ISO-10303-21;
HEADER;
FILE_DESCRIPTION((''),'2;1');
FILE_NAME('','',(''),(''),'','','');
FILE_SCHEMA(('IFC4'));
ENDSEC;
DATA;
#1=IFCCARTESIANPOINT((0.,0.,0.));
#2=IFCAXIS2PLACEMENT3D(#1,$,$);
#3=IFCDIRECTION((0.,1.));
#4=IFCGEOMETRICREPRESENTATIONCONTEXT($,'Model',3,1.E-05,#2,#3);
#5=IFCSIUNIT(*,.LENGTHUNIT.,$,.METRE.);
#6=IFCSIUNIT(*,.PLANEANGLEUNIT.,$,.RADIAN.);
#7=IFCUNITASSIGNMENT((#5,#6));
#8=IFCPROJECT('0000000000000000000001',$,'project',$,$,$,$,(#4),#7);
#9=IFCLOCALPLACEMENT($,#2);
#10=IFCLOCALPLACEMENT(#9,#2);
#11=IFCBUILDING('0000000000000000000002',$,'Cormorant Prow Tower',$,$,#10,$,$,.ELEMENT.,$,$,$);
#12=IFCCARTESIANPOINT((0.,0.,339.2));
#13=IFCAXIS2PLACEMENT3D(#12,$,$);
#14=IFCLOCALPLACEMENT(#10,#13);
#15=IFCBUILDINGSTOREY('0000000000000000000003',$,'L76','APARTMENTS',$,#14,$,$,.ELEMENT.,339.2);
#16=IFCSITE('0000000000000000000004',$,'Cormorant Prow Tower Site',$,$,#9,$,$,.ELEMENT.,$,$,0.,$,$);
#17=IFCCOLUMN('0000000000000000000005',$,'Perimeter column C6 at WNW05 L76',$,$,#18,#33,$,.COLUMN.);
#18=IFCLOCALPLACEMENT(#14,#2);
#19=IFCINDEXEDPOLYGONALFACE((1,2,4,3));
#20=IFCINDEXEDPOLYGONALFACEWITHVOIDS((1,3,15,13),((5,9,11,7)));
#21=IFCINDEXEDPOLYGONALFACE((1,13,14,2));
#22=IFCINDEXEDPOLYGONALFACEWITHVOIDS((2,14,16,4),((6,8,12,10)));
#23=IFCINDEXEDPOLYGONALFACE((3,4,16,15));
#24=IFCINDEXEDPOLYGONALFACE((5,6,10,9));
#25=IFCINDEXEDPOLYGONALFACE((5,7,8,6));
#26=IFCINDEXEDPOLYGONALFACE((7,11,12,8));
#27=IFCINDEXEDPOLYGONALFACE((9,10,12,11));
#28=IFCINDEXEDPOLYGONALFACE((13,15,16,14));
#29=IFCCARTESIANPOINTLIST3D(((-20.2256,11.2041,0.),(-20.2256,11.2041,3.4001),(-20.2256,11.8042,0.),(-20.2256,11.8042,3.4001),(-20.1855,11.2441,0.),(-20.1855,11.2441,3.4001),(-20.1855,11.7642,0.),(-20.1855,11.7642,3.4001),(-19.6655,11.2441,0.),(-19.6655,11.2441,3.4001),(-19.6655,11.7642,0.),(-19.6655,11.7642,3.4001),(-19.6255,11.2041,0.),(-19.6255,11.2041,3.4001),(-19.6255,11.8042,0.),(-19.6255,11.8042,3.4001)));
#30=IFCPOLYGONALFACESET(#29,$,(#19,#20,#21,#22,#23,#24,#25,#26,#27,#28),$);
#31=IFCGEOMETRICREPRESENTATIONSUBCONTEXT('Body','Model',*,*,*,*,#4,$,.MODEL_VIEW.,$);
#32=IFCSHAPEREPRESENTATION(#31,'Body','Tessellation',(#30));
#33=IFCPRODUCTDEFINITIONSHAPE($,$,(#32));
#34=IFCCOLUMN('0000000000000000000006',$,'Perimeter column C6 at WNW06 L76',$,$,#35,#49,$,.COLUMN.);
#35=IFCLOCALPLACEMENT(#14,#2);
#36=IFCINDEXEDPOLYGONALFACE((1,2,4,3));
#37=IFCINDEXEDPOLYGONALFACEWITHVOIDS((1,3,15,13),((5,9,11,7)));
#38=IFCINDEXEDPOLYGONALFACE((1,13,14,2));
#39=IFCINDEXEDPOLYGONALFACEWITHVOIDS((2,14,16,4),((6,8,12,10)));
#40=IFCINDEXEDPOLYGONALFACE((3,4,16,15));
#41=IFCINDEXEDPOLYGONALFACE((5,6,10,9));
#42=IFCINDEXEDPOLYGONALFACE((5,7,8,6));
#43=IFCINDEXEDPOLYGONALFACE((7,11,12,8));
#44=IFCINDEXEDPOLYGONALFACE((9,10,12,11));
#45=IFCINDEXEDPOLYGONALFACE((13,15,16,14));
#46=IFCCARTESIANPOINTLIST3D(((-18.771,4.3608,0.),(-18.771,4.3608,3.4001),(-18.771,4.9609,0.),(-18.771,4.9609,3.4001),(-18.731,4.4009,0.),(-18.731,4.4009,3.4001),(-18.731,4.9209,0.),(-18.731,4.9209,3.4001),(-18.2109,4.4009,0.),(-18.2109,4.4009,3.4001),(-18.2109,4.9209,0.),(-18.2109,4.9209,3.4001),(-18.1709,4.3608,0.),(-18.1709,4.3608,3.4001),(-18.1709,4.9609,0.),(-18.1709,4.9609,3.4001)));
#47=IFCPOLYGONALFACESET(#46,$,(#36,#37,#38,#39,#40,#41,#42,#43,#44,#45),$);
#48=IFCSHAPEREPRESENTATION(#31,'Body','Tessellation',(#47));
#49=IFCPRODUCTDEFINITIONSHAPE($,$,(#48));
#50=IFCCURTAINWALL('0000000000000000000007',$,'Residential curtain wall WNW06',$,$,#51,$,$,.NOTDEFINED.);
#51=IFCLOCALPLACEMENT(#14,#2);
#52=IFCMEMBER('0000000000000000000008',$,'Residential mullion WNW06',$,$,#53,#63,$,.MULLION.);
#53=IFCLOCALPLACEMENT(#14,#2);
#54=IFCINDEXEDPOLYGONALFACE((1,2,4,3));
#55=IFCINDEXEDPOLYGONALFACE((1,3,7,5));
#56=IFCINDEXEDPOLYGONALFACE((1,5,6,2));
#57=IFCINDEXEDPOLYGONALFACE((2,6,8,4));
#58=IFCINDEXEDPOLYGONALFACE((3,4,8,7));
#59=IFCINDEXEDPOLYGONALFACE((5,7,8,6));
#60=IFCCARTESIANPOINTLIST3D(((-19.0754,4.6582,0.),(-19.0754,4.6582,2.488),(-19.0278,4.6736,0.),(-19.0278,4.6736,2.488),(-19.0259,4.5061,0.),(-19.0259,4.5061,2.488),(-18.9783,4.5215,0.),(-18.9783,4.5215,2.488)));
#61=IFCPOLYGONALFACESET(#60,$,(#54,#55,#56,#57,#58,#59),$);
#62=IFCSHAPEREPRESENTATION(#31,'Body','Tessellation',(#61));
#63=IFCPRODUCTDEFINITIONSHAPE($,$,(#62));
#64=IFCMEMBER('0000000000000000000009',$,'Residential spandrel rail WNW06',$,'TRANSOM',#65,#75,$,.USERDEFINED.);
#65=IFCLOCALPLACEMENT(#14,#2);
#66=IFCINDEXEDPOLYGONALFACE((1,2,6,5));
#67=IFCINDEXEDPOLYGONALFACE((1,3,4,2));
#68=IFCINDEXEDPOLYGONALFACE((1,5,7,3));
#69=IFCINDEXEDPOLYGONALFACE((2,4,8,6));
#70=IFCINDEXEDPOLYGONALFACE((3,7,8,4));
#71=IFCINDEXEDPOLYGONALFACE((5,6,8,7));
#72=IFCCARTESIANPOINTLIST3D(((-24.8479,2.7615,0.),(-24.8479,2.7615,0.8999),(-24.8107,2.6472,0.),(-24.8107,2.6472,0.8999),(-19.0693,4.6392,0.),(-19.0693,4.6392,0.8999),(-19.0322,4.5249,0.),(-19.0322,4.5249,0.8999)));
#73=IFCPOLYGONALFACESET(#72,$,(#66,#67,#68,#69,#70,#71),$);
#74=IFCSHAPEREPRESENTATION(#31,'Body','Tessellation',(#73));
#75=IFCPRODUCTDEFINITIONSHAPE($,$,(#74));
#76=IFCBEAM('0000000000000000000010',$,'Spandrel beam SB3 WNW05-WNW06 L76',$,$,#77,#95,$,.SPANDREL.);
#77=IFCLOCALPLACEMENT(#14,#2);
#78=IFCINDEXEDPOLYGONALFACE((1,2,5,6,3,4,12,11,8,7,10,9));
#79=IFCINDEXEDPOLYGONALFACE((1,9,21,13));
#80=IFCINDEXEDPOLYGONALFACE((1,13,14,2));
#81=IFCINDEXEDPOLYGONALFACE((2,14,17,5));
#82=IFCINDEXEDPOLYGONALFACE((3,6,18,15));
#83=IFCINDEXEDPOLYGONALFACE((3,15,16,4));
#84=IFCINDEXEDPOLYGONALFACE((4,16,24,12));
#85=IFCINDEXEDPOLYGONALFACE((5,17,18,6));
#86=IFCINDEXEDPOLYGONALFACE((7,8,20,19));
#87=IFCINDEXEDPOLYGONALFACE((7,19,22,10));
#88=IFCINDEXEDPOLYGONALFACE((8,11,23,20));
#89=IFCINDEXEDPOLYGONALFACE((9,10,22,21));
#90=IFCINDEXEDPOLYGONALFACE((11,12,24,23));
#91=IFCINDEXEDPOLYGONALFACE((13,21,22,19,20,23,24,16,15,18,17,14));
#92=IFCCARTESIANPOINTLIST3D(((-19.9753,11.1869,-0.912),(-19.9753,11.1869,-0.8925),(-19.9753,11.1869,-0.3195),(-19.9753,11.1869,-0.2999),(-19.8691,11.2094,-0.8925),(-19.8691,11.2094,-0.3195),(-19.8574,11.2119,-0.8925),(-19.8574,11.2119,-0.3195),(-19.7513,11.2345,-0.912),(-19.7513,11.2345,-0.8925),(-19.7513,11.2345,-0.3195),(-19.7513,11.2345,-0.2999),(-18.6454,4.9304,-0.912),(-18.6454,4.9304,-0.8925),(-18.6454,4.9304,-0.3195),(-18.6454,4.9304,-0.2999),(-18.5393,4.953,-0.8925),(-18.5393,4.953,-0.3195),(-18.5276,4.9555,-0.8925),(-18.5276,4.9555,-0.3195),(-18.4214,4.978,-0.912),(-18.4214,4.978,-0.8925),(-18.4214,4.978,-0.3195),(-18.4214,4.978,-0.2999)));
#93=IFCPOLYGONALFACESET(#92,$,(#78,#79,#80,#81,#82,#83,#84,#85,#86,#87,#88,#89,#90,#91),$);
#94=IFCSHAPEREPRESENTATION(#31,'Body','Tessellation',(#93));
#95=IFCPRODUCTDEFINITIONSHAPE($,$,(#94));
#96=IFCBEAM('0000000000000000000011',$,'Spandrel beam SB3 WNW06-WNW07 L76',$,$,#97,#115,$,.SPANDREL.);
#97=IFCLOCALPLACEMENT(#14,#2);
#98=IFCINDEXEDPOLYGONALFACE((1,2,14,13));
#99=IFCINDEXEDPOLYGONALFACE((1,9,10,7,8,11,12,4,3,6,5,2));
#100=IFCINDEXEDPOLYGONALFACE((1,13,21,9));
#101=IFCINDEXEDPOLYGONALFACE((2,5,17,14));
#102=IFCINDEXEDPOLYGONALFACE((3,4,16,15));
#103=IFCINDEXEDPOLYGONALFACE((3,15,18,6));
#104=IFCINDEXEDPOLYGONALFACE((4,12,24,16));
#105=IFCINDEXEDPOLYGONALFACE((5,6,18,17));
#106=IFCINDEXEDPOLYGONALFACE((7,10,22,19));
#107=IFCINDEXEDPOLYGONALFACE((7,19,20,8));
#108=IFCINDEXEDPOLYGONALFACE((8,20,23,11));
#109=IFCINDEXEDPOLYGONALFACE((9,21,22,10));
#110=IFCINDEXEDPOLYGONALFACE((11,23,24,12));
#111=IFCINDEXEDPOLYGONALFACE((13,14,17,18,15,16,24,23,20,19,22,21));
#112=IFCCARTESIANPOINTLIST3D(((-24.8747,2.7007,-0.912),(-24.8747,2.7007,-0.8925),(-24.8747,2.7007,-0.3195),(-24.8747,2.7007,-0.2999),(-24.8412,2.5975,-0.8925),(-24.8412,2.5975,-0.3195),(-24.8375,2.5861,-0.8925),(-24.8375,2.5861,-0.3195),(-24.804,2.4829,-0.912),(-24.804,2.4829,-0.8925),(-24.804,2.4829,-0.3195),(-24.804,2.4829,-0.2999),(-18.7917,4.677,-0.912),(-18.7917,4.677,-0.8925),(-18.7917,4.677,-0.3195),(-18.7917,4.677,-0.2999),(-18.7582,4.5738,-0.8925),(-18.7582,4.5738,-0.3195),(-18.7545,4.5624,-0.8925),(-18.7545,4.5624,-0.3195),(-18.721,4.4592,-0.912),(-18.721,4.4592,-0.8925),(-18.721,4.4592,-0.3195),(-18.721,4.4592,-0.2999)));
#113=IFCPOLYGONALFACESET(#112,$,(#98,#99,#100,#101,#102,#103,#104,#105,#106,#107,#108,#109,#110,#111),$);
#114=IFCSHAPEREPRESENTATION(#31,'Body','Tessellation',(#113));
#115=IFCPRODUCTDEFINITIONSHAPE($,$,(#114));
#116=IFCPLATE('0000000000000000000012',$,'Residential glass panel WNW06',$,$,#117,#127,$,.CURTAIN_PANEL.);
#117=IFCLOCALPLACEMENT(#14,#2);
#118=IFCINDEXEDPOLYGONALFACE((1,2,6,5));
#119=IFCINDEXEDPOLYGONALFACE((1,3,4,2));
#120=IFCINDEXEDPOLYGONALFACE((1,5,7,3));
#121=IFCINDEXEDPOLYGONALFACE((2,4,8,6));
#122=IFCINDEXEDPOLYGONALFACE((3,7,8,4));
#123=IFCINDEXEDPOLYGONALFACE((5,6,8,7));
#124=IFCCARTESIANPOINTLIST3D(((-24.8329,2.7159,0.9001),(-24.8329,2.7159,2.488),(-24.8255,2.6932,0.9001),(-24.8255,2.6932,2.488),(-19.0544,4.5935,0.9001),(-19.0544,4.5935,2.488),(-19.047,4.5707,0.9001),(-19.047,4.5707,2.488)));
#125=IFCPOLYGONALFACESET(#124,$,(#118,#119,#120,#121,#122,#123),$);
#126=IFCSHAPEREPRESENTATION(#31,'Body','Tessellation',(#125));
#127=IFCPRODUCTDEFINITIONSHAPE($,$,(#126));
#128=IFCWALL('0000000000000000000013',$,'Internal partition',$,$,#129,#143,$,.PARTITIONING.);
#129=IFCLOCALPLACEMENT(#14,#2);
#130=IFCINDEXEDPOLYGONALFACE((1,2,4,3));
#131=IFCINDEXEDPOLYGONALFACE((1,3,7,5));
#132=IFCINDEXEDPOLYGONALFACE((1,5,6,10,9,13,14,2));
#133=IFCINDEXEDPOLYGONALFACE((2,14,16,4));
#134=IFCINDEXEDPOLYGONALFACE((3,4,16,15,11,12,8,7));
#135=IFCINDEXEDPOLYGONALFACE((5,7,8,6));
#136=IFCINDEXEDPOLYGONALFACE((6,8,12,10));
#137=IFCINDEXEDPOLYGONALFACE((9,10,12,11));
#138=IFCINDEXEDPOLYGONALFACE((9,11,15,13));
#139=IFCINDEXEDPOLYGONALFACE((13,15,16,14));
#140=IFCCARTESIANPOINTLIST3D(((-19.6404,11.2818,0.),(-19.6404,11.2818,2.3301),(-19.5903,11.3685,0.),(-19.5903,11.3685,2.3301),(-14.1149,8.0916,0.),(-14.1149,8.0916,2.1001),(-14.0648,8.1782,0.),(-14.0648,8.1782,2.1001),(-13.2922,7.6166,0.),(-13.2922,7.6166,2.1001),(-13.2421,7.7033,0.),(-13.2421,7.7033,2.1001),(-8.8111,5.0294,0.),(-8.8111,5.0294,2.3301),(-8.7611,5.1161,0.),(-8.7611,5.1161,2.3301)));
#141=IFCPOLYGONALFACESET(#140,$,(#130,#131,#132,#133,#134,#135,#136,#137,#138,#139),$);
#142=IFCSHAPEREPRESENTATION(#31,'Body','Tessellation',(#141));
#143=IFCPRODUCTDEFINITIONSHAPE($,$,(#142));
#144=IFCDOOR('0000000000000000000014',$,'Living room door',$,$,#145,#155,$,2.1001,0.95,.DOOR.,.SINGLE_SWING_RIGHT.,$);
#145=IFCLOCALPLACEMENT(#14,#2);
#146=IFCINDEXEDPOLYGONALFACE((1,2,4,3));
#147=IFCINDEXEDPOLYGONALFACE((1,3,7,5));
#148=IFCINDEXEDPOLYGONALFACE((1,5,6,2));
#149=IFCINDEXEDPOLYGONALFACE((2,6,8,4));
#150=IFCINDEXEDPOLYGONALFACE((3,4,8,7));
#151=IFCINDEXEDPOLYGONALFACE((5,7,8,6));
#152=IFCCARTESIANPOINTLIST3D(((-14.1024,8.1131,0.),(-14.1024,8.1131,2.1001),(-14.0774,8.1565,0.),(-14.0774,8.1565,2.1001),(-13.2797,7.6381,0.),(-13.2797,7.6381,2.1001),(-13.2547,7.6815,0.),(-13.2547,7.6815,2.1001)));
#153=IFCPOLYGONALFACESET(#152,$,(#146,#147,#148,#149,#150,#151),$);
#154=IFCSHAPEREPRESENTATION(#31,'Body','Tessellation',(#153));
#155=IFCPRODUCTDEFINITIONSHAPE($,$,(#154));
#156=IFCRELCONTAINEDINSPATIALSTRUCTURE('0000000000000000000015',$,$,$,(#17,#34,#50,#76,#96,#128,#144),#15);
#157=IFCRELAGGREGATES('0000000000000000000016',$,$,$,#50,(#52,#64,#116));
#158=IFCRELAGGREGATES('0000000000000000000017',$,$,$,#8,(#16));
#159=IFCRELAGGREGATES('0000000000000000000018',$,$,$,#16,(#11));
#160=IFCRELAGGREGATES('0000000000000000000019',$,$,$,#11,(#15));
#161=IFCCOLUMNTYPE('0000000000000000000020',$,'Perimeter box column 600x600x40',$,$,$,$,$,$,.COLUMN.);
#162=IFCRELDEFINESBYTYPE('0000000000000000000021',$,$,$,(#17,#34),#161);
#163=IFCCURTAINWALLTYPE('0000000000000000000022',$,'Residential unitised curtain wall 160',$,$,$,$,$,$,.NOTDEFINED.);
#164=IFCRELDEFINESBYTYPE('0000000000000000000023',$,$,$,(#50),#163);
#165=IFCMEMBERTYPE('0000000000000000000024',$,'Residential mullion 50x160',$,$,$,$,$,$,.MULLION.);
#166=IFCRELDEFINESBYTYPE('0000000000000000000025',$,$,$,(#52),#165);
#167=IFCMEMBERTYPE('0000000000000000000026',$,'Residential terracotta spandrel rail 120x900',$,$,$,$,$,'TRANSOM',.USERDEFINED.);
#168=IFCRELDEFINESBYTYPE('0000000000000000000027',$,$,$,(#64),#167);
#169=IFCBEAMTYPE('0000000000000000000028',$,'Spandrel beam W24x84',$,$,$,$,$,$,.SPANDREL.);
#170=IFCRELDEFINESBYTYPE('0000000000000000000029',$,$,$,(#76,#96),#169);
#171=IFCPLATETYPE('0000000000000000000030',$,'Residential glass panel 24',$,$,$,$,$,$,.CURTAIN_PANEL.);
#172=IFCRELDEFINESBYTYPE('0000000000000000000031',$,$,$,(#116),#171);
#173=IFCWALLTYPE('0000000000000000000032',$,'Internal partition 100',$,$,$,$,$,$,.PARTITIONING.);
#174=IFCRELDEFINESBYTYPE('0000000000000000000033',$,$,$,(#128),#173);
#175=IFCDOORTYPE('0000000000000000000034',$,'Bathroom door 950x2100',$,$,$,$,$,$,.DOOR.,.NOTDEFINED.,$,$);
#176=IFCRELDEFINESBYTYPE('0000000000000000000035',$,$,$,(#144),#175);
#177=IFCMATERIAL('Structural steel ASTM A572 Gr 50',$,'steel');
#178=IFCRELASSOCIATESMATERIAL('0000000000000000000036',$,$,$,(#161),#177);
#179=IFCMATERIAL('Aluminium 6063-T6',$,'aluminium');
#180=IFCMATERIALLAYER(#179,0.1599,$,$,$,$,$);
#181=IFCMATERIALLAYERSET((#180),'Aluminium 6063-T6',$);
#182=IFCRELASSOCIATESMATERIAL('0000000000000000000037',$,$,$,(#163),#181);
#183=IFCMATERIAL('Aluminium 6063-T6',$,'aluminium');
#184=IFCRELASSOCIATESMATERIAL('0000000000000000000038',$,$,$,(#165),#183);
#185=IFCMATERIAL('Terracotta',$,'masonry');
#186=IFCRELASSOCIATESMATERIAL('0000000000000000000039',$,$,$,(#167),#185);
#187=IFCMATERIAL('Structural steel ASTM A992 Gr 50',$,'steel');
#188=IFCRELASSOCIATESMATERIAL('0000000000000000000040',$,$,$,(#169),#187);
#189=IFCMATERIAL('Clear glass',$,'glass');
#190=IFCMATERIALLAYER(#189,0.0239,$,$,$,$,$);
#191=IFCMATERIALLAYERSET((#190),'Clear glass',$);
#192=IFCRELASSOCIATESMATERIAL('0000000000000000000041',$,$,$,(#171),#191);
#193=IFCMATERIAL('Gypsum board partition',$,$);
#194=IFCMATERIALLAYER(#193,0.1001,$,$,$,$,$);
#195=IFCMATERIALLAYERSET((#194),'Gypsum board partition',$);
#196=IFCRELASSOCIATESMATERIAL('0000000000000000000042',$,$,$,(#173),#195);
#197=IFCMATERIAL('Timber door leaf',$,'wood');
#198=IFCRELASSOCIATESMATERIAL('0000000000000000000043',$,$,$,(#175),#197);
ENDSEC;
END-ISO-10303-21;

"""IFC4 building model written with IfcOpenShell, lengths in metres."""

from ifc_helpers import new_model, si_unit, direction, frame, frame_2d, origin, origin_2d, place, context, subcontext, project, spatial, rectangle, hollow_rectangle, i_section, extrude, material, layer, layer_set, material_profile, profile_set, type_object, element, fill, aggregate, save


model = new_model("IFC4")

# Units and contexts
model_context = context("Model", 3, precision=1e-05, world=origin(), true_north=direction((0.0, 1.0)))
body_context = subcontext(model_context, "Body", "Model", "MODEL_VIEW")
ifc_project = project(units=[si_unit("LENGTHUNIT", "METRE"), si_unit("PLANEANGLEUNIT", "RADIAN")], contexts=[model_context])

# Site, building, storey
site_placement = place(None, origin())
site = spatial("IfcSite", under=ifc_project, at=site_placement, Name="Cormorant Prow Tower Site", CompositionType="ELEMENT", RefElevation=0.0)
building_placement = place(site_placement, origin())
building = spatial("IfcBuilding", under=site, at=building_placement, Name="Cormorant Prow Tower", CompositionType="ELEMENT")
storey_placement = place(building_placement, frame((0.0, 0.0, 339.2)))
storey = spatial("IfcBuildingStorey", under=building, at=storey_placement, Name="L76", Description="APARTMENTS", CompositionType="ELEMENT", Elevation=339.2)

# Columns
ifc_material_1 = material(Name="Structural steel ASTM A572 Gr 50", Category="steel")
ifc_material_profile_1 = material_profile(ifc_material_1, hollow_rectangle(XDim=0.6001, YDim=0.6001, WallThickness=0.04, at=origin_2d()), Name="Box 600x600x40")
ifc_profile_set_1 = profile_set([ifc_material_profile_1], Name="Structural steel ASTM A572 Gr 50")
column_type = type_object("IfcColumnType", Name="Perimeter box column 600x600x40", PredefinedType="COLUMN", material=ifc_profile_set_1)
for number, where, z_axis, x_axis, name in (
    (1, (-19.9255, 11.5042, 0.0), (0.0, 0.0, 1.0), (1.0, 0.0, 0.0), "Perimeter column C6 at WNW05 L76"),
    (2, (-18.4709, 4.6609, 0.0), (0.0, 0.0, 1.0), (1.0, 0.0, 0.0), "Perimeter column C6 at WNW06 L76"),
):
    element("IfcColumn", number, at=place(storey_placement, frame(where, z_axis=z_axis, x_axis=x_axis)), inside=storey, type_object=column_type, Name=name, PredefinedType="COLUMN", context=body_context, shape_type="SweptSolid", body=[
        extrude(hollow_rectangle(XDim=0.6001, YDim=0.6001, WallThickness=0.04, at=origin_2d()), origin(), (0.0, 0.0, 1.0), 3.4001),
    ])

# Curtain wall, members
ifc_material_2 = material(Name="Aluminium 6063-T6", Category="aluminium")
ifc_layer_1 = layer(ifc_material_2, 0.1599)
ifc_layer_set_1 = layer_set([ifc_layer_1], Name="Aluminium 6063-T6")
curtain_wall_type = type_object("IfcCurtainWallType", Name="Residential unitised curtain wall 160", PredefinedType="NOTDEFINED", material=ifc_layer_set_1)
curtain_wall_placement = place(storey_placement, origin())
curtain_wall = element("IfcCurtainWall", 3, at=curtain_wall_placement, inside=storey, type_object=curtain_wall_type, Name="Residential curtain wall WNW06", PredefinedType="NOTDEFINED")
ifc_material_3 = material(Name="Aluminium 6063-T6", Category="aluminium")
ifc_material_profile_2 = material_profile(ifc_material_3, rectangle(XDim=0.1599, YDim=0.05, at=origin_2d()), Name="Residential mullion 50x160")
ifc_profile_set_2 = profile_set([ifc_material_profile_2], Name="Aluminium 6063-T6")
member_type_1 = type_object("IfcMemberType", Name="Residential mullion 50x160", PredefinedType="MULLION", material=ifc_profile_set_2)
member_1_placement = place(storey_placement, frame((-19.0269, 4.5898, 0.0), z_axis=(0.0, 0.0, 1.0), x_axis=(0.309017, -0.951057, 0.0)))
member_1 = element("IfcMember", 4, at=member_1_placement, type_object=member_type_1, Name="Residential mullion WNW06", PredefinedType="MULLION", context=body_context, shape_type="SweptSolid", body=[
    extrude(rectangle(XDim=0.1599, YDim=0.05, at=origin_2d()), origin(), (0.0, 0.0, 1.0), 2.488),
])
ifc_material_4 = material(Name="Terracotta", Category="masonry")
ifc_material_profile_3 = material_profile(ifc_material_4, rectangle(XDim=0.1201, YDim=0.8999, at=origin_2d()), Name="Residential terracotta spandrel rail 120x900")
ifc_profile_set_3 = profile_set([ifc_material_profile_3], Name="Terracotta")
member_type_2 = type_object("IfcMemberType", Name="Residential terracotta spandrel rail 120x900", ElementType="TRANSOM", PredefinedType="USERDEFINED", material=ifc_profile_set_3)
member_2_placement = place(storey_placement, frame((-19.0508, 4.582, 0.45), z_axis=(-0.951051, -0.309034, 0.0), x_axis=(0.309034, -0.951051, 0.0)))
member_2 = element("IfcMember", 5, at=member_2_placement, type_object=member_type_2, Name="Residential spandrel rail WNW06", ObjectType="TRANSOM", PredefinedType="USERDEFINED", context=body_context, shape_type="SweptSolid", body=[
    extrude(rectangle(XDim=0.1201, YDim=0.8999, at=origin_2d()), origin(), (0.0, 0.0, 1.0), 6.0759),
])

# Beams
ifc_material_5 = material(Name="Structural steel ASTM A992 Gr 50", Category="steel")
ifc_material_profile_4 = material_profile(ifc_material_5, i_section(OverallWidth=0.229, OverallDepth=0.6121, WebThickness=0.012, FlangeThickness=0.0195, at=origin_2d()), Name="W24x84")
ifc_profile_set_4 = profile_set([ifc_material_profile_4], Name="Structural steel ASTM A992 Gr 50")
beam_type = type_object("IfcBeamType", Name="Spandrel beam W24x84", PredefinedType="SPANDREL", material=ifc_profile_set_4)
beam_1_placement = place(storey_placement, frame((-19.8633, 11.2107, -0.606), z_axis=(0.207913, -0.978147, 0.0), x_axis=(0.978147, 0.207913, 0.0)))
element("IfcBeam", 6, at=beam_1_placement, inside=storey, type_object=beam_type, Name="Spandrel beam SB3 WNW05-WNW06 L76", PredefinedType="SPANDREL", context=body_context, shape_type="SweptSolid", body=[
    extrude(i_section(OverallWidth=0.229, OverallDepth=0.6121, WebThickness=0.012, FlangeThickness=0.0195, at=origin_2d()), origin(), (0.0, 0.0, 1.0), 6.3962),
])
beam_2_placement = place(storey_placement, frame((-18.7563, 4.5681, -0.606), z_axis=(-0.951064, -0.308993, 0.0), x_axis=(0.308993, -0.951064, 0.0)))
element("IfcBeam", 7, at=beam_2_placement, inside=storey, type_object=beam_type, Name="Spandrel beam SB3 WNW06-WNW07 L76", PredefinedType="SPANDREL", context=body_context, shape_type="SweptSolid", body=[
    extrude(i_section(OverallWidth=0.229, OverallDepth=0.6121, WebThickness=0.012, FlangeThickness=0.0195, at=origin_2d()), origin(), (0.0, 0.0, 1.0), 6.396),
])

# Plate
ifc_material_6 = material(Name="Clear glass", Category="glass")
ifc_layer_2 = layer(ifc_material_6, 0.0239)
ifc_layer_set_2 = layer_set([ifc_layer_2], Name="Clear glass")
plate_type = type_object("IfcPlateType", Name="Residential glass panel 24", PredefinedType="CURTAIN_PANEL", material=ifc_layer_set_2)
plate_placement = place(storey_placement, frame((-21.9399, 3.6433, 0.9001), z_axis=(0.0, 0.0, 1.0), x_axis=(-0.951057, -0.309017, 0.0)))
plate = element("IfcPlate", 8, at=plate_placement, type_object=plate_type, Name="Residential glass panel WNW06", PredefinedType="CURTAIN_PANEL", context=body_context, shape_type="SweptSolid", body=[
    extrude(rectangle(XDim=6.0759, YDim=0.0239, at=origin_2d()), origin(), (0.0, 0.0, 1.0), 1.5879),
])
aggregate(curtain_wall, [member_1, member_2, plate])

# Wall, opening, door
ifc_material_7 = material(Name="Gypsum board partition")
ifc_layer_3 = layer(ifc_material_7, 0.1001)
ifc_layer_set_3 = layer_set([ifc_layer_3], Name="Gypsum board partition")
wall_type_1 = type_object("IfcWallType", Name="Internal partition 100", PredefinedType="PARTITIONING", material=ifc_layer_set_3)
wall_1_placement = place(storey_placement, frame((-19.6155, 11.3252, 0.0), z_axis=(0.0, 0.0, 1.0), x_axis=(0.866021, -0.500007, 0.0)))
wall_1 = element("IfcWall", 9, at=wall_1_placement, inside=storey, type_object=wall_type_1, Name="Internal partition", PredefinedType="PARTITIONING", context=body_context, shape_type="SweptSolid", body=[
    extrude(rectangle(XDim=12.5046, YDim=0.1001, at=frame_2d((6.2524, 0.0))), origin(), (0.0, 0.0, 1.0), 2.3301),
])
opening_1_placement = place(wall_1_placement, frame((6.3804, 0.0, 0.0)))
opening_1 = element("IfcOpeningElement", 10, at=opening_1_placement, cuts=wall_1, PredefinedType="OPENING", context=body_context, shape_type="SweptSolid", body=[
    extrude(rectangle(XDim=0.95, YDim=2.1001, at=frame_2d((0.4751, 1.05))), frame((0.0, 0.0601, 0.0), z_axis=(0.0, -1.0, 0.0), x_axis=(1.0, 0.0, 0.0)), (0.0, 0.0, 1.0), 0.1201),
])
ifc_material_8 = material(Name="Timber door leaf", Category="wood")
door_type_1 = type_object("IfcDoorType", Name="Bathroom door 950x2100", OperationType="NOTDEFINED", PredefinedType="DOOR", material=ifc_material_8)
door_1_placement = place(opening_1_placement, origin())
door_1 = element("IfcDoor", 11, at=door_1_placement, inside=storey, type_object=door_type_1, Name="Living room door", OperationType="SINGLE_SWING_RIGHT", OverallHeight=2.1001, OverallWidth=0.95, PredefinedType="DOOR", context=body_context, shape_type="SweptSolid", body=[
    extrude(rectangle(XDim=0.95, YDim=2.1001, at=frame_2d((0.4751, 1.05))), frame((0.0, 0.0249, 0.0), z_axis=(0.0, -1.0, 0.0), x_axis=(1.0, 0.0, 0.0)), (0.0, 0.0, 1.0), 0.05),
])
fill(opening_1, door_1)

save(model, "model.ifc")
